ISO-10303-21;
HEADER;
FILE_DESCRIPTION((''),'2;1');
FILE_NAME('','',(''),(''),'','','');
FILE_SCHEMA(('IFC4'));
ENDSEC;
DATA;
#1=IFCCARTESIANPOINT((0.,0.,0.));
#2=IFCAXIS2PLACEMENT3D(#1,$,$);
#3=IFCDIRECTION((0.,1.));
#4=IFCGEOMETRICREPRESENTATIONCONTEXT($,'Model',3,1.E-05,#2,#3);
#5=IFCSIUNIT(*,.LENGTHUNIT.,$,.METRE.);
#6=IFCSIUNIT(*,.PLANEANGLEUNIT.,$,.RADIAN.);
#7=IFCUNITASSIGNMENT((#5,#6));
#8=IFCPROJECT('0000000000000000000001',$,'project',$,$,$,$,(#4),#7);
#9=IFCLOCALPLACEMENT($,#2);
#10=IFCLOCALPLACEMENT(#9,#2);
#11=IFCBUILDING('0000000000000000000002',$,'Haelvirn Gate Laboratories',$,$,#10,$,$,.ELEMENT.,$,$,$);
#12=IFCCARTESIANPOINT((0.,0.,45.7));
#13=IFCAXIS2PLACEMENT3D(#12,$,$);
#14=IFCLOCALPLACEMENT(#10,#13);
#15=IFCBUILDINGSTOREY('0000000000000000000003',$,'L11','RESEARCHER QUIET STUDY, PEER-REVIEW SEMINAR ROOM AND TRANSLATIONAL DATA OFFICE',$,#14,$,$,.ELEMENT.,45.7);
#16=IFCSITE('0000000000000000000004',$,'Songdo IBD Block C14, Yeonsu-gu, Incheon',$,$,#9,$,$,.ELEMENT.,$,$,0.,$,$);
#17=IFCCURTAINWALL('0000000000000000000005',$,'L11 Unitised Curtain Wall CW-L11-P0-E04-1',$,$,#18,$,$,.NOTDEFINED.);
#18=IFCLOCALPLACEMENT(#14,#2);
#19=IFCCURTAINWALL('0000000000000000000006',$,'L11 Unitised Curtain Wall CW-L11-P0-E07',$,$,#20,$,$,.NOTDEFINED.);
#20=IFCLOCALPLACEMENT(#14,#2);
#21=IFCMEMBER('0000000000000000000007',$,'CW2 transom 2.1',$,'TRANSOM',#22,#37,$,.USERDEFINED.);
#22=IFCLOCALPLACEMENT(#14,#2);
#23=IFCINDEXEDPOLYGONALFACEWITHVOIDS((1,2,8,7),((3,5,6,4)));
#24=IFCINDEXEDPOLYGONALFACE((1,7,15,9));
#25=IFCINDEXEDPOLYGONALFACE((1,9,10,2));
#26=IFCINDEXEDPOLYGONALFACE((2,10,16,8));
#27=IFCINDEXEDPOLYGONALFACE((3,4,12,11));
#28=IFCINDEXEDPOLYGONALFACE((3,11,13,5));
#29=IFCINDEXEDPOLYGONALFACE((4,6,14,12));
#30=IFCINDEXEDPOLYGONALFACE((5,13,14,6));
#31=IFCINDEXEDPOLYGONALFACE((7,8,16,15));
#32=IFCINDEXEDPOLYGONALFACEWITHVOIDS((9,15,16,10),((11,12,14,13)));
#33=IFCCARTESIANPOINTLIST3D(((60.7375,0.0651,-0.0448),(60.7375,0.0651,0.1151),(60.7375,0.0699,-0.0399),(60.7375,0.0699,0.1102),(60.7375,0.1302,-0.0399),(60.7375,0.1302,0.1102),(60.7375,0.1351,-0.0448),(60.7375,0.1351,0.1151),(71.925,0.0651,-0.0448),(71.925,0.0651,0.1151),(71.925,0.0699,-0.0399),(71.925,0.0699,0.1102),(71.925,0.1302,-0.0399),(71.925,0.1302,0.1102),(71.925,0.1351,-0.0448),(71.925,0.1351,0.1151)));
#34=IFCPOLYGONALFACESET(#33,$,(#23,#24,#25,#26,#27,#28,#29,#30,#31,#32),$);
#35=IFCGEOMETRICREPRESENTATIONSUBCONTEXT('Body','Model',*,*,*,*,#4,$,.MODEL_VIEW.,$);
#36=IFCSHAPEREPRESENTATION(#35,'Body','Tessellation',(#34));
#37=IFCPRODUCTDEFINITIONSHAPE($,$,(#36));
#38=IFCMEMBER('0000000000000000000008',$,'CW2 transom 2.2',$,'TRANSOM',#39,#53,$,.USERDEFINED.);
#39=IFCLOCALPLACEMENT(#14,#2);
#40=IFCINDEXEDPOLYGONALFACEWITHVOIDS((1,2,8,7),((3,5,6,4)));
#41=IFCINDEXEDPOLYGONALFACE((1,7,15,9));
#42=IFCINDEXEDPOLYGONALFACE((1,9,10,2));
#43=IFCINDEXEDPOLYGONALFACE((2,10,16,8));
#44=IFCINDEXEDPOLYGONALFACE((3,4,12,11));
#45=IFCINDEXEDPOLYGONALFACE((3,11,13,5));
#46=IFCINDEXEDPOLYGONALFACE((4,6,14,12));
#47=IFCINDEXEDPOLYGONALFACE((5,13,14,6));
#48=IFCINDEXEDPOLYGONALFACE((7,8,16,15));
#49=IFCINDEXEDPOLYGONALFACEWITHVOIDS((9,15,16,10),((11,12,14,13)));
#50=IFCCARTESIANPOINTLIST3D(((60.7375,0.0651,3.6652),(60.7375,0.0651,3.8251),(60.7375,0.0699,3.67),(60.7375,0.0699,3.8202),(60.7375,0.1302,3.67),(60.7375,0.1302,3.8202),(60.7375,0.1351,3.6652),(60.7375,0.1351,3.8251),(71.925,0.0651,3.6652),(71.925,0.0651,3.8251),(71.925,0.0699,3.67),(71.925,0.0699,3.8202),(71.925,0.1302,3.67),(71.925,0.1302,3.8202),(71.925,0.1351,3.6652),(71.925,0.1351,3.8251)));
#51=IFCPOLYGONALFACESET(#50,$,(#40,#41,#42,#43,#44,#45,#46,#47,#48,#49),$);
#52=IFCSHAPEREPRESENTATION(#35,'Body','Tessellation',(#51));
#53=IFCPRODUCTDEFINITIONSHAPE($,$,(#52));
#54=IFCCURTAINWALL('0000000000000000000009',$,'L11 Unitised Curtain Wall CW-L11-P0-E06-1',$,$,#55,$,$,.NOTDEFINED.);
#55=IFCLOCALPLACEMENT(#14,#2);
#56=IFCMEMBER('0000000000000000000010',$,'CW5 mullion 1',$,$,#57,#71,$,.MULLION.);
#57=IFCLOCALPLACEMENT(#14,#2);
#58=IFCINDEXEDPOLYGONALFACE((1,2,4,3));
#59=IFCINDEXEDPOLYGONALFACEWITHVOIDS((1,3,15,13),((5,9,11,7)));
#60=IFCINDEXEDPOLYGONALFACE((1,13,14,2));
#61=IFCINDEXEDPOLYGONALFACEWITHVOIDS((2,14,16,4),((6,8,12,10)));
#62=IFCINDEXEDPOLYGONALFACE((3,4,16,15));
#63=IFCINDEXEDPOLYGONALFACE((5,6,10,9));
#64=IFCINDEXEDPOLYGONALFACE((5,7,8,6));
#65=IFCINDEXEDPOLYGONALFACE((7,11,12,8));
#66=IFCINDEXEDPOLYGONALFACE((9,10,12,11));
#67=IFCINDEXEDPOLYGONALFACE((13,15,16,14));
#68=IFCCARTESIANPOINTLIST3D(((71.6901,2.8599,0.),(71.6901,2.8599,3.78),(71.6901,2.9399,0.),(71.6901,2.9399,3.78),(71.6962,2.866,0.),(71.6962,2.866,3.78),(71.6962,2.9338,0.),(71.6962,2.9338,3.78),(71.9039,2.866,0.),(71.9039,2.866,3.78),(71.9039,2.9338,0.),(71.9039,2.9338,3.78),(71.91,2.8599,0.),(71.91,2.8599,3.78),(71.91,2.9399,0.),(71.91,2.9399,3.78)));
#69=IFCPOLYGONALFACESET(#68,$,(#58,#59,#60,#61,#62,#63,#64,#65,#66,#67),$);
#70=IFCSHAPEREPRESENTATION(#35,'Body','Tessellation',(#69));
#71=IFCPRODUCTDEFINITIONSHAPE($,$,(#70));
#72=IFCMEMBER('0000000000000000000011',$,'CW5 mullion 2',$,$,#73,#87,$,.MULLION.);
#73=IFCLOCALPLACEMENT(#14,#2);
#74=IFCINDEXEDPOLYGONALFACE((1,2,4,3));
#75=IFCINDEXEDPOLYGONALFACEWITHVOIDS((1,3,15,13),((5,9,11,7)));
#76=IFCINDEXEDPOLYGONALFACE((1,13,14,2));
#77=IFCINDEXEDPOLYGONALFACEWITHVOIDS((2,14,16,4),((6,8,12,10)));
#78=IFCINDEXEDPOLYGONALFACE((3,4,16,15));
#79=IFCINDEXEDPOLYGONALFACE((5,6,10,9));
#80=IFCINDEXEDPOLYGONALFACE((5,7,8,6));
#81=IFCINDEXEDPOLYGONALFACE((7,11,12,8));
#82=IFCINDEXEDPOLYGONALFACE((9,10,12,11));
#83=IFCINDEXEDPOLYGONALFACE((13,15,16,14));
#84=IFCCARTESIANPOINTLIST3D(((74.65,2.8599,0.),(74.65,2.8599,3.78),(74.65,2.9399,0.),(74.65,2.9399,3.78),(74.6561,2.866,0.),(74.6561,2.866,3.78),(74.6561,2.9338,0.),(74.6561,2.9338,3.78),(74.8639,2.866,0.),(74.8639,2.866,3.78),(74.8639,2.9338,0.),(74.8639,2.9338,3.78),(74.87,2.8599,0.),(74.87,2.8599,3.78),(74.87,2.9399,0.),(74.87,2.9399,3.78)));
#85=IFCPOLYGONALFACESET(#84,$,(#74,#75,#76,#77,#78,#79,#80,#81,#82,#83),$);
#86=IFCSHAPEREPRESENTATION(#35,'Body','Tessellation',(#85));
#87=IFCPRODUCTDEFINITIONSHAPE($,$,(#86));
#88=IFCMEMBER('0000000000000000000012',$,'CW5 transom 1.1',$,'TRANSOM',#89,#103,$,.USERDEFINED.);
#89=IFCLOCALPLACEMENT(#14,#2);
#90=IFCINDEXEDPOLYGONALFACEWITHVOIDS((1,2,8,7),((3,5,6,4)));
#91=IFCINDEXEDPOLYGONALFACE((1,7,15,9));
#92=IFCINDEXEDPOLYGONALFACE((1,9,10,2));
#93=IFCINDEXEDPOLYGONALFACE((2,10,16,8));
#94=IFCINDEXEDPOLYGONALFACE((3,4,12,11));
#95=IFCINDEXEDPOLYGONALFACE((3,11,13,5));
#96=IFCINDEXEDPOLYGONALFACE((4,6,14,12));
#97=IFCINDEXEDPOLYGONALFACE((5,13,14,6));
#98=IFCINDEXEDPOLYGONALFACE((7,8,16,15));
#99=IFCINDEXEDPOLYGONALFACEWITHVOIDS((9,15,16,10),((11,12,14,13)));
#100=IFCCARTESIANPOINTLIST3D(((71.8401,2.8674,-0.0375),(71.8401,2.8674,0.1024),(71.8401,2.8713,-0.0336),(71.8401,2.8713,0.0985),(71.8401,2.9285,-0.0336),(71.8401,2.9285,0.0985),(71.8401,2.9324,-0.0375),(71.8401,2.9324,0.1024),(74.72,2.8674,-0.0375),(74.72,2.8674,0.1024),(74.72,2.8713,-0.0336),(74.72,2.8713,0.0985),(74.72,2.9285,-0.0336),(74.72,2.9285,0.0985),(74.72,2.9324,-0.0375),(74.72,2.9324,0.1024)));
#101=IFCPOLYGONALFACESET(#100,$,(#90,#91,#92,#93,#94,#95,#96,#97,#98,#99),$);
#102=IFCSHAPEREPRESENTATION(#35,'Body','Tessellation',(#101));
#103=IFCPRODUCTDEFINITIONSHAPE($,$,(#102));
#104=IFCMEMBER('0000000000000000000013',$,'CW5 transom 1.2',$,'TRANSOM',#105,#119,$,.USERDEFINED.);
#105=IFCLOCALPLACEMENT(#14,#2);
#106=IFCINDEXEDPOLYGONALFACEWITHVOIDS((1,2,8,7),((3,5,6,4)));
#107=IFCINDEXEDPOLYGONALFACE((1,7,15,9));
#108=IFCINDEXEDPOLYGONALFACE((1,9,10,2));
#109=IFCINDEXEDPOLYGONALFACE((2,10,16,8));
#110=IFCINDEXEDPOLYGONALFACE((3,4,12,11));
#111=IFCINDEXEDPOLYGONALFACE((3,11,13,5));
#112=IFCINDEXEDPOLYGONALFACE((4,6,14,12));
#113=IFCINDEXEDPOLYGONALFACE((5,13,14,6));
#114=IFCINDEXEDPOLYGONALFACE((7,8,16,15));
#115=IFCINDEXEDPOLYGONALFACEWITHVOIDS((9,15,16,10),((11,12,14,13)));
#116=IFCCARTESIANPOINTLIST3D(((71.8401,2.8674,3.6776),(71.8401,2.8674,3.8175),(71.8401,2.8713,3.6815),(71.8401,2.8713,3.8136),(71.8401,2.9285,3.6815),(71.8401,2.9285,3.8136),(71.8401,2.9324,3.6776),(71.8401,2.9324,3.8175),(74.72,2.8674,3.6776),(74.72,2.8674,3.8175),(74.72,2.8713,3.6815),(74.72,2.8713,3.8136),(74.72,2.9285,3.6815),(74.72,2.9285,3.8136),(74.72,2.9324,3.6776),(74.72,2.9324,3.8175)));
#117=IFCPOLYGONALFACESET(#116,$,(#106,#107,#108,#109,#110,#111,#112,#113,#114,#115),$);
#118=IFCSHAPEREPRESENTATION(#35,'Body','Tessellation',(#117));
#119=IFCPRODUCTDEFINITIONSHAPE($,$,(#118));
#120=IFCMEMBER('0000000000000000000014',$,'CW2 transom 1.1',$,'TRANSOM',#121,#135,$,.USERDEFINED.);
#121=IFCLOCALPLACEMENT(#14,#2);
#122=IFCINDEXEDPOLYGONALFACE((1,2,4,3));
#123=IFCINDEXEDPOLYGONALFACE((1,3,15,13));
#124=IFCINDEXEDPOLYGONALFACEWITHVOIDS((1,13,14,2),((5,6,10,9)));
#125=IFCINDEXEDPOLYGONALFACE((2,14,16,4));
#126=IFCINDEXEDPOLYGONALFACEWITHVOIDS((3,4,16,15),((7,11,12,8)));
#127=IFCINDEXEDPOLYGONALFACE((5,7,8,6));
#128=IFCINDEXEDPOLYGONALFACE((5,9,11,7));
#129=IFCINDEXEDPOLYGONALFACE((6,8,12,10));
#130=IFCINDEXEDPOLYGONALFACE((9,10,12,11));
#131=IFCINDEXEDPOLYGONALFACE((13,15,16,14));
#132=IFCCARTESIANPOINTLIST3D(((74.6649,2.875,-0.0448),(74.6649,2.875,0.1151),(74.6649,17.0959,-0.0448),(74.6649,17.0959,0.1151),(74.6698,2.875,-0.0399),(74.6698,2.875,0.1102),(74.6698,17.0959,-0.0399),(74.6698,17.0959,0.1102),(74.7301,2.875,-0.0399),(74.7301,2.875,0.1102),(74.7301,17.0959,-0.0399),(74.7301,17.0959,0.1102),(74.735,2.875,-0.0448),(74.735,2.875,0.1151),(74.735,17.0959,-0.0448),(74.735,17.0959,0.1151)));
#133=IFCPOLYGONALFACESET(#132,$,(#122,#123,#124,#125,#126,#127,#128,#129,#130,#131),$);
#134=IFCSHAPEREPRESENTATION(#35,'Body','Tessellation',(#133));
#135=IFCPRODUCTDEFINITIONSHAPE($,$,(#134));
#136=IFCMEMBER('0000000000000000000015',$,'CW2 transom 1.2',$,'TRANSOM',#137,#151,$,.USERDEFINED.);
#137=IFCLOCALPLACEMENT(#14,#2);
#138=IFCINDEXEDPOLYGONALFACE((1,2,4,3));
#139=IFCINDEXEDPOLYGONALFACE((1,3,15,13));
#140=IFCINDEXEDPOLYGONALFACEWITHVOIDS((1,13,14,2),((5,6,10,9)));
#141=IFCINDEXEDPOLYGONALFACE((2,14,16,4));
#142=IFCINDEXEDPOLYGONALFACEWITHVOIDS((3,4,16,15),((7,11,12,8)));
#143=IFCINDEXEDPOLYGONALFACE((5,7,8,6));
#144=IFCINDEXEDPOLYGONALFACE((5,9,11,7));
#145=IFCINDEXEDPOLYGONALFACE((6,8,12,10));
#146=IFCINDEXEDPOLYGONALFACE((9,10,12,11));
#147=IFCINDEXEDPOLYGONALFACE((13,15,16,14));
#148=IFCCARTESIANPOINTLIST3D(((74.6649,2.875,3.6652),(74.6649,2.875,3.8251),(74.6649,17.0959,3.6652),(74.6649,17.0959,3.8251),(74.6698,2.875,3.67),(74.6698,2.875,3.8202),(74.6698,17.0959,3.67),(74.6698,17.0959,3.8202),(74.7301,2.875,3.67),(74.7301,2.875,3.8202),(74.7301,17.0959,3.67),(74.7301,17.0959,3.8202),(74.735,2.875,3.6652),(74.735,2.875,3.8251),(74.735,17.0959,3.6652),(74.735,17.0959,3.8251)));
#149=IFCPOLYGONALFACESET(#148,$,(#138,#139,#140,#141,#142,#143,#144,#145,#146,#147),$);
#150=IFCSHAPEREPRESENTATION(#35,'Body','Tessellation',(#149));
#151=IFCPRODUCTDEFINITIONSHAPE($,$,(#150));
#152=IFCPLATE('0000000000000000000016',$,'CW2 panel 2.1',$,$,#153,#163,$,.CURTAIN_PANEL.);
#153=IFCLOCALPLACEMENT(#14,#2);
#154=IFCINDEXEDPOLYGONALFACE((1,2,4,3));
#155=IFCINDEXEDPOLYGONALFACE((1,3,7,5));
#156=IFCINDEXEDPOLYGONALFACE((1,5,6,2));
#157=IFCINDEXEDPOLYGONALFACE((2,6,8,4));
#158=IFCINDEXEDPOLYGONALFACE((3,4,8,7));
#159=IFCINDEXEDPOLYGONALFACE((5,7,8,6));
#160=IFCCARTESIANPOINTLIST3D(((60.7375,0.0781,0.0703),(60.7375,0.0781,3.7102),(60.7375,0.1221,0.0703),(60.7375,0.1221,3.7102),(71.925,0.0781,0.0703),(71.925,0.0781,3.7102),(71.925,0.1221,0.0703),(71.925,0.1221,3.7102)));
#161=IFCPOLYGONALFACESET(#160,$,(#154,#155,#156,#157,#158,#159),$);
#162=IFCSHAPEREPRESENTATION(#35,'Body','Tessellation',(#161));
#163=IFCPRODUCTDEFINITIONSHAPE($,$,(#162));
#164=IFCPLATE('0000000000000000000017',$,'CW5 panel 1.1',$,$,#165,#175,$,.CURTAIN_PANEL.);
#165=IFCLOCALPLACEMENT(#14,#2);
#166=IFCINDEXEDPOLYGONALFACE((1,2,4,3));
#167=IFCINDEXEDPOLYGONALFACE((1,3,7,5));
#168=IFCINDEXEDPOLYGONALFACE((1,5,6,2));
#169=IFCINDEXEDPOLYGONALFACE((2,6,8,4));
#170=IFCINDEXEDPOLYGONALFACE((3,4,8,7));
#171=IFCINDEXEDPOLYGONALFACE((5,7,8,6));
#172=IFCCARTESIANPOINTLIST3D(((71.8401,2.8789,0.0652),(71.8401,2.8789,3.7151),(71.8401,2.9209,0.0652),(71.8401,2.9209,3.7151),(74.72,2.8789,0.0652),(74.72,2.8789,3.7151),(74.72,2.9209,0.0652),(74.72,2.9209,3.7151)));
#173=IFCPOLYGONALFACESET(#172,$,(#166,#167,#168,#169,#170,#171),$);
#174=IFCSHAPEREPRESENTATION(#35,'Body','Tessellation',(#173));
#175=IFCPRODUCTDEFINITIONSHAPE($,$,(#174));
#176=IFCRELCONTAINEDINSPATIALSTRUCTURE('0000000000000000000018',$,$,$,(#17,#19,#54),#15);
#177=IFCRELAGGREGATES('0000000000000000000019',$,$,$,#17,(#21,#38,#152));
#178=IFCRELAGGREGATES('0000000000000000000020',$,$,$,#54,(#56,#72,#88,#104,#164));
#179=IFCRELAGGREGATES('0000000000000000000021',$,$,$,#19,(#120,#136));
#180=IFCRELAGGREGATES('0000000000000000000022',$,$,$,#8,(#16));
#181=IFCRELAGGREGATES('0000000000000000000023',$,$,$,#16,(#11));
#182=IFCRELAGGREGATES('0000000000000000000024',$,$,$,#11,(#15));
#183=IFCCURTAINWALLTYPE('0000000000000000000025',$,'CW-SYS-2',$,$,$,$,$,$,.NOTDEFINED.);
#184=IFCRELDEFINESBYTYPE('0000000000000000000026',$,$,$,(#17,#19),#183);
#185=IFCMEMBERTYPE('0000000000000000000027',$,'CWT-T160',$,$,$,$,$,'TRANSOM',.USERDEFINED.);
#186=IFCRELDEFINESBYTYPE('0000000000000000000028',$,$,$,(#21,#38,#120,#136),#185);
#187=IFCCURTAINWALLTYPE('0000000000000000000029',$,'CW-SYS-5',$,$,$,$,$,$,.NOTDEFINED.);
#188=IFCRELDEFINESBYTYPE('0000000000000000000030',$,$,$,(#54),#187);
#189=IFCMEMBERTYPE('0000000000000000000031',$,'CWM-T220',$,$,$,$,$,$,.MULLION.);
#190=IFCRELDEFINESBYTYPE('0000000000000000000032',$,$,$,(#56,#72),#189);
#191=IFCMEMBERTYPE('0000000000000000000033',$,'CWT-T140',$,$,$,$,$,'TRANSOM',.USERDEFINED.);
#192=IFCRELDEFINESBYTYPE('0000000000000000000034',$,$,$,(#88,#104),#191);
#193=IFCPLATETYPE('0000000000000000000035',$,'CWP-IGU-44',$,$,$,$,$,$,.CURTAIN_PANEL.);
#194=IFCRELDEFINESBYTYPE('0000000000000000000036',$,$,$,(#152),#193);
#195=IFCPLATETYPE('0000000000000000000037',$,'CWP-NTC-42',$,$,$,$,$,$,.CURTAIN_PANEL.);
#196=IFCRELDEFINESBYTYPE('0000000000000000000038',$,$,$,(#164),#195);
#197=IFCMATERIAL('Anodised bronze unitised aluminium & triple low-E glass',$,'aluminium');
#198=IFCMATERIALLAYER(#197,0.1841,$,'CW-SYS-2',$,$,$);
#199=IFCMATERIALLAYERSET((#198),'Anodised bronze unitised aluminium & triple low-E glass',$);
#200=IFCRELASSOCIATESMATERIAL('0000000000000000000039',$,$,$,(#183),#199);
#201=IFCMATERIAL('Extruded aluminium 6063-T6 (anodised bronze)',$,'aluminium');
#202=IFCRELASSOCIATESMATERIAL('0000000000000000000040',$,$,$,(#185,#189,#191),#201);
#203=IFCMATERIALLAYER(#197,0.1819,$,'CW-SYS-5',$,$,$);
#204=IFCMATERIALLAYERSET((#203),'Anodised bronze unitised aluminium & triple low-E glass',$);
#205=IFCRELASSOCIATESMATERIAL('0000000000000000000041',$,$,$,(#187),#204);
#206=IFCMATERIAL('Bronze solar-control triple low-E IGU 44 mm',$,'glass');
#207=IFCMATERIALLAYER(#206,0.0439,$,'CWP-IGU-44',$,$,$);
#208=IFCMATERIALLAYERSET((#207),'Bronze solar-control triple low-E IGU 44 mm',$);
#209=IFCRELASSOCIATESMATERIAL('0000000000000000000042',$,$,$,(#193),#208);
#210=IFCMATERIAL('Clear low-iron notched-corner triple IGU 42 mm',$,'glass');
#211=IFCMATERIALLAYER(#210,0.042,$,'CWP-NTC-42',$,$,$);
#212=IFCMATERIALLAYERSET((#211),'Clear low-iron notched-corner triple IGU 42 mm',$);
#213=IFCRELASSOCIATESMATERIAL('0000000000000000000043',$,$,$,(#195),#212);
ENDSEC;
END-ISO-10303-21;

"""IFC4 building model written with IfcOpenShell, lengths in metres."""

from ifc_helpers import new_model, si_unit, direction, frame, origin, origin_2d, place, context, subcontext, project, spatial, rectangle, hollow_rectangle, extrude, source, transform, mapped, material, layer, layer_set, material_profile, profile_set, type_object, type_shapes, element, aggregate, save


model = new_model("IFC4")

# Units and contexts
model_context = context("Model", 3, precision=1e-05, world=origin(), true_north=direction((0.0, 1.0)))
body_context = subcontext(model_context, "Body", "Model", "MODEL_VIEW")
ifc_project = project(units=[si_unit("LENGTHUNIT", "METRE"), si_unit("PLANEANGLEUNIT", "RADIAN")], contexts=[model_context])

# Site, building, storey
site_placement = place(None, origin())
site = spatial("IfcSite", under=ifc_project, at=site_placement, Name="Songdo IBD Block C14, Yeonsu-gu, Incheon", CompositionType="ELEMENT", RefElevation=0.0)
building_placement = place(site_placement, origin())
building = spatial("IfcBuilding", under=site, at=building_placement, Name="Haelvirn Gate Laboratories", CompositionType="ELEMENT")
storey_placement = place(building_placement, frame((0.0, 0.0, 45.7)))
storey = spatial("IfcBuildingStorey", under=building, at=storey_placement, Name="L11", Description="RESEARCHER QUIET STUDY, PEER-REVIEW SEMINAR ROOM AND TRANSLATIONAL DATA OFFICE", CompositionType="ELEMENT", Elevation=45.7)

# Curtain wall
ifc_material_1 = material(Name="Anodised bronze unitised aluminium & triple low-E glass", Category="aluminium")
ifc_layer_1 = layer(ifc_material_1, 0.1841, Name="CW-SYS-2")
ifc_layer_set_1 = layer_set([ifc_layer_1], Name="Anodised bronze unitised aluminium & triple low-E glass")
curtain_wall_type_1 = type_object("IfcCurtainWallType", Name="CW-SYS-2", PredefinedType="NOTDEFINED", material=ifc_layer_set_1)
curtain_wall_1_placement = place(storey_placement, origin())
curtain_wall_1 = element("IfcCurtainWall", 1, at=curtain_wall_1_placement, inside=storey, type_object=curtain_wall_type_1, Name="L11 Unitised Curtain Wall CW-L11-P0-E04-1", PredefinedType="NOTDEFINED")
ifc_material_2 = material(Name="Extruded aluminium 6063-T6 (anodised bronze)", Category="aluminium")

# Curtain wall
curtain_wall_2_placement = place(storey_placement, origin())
curtain_wall_2 = element("IfcCurtainWall", 2, at=curtain_wall_2_placement, inside=storey, type_object=curtain_wall_type_1, Name="L11 Unitised Curtain Wall CW-L11-P0-E07", PredefinedType="NOTDEFINED")

# Members
ifc_material_profile_1 = material_profile(ifc_material_2, hollow_rectangle(XDim=0.0701, YDim=0.1599, WallThickness=0.0049, at=origin_2d()), Name="CWT-160x70x5")
ifc_profile_set_1 = profile_set([ifc_material_profile_1], Name="Extruded aluminium 6063-T6 (anodised bronze)")
member_type_1 = type_object("IfcMemberType", Name="CWT-T160", ElementType="TRANSOM", PredefinedType="USERDEFINED", material=ifc_profile_set_1)
shared_shape_1 = source(origin(), body_context, "Body", "SweptSolid", [
    extrude(hollow_rectangle(XDim=0.0701, YDim=0.1599, WallThickness=0.0049, at=origin_2d()), origin(), (0.0, 0.0, 1.0), 11.1875),
])
member_1_placement = place(storey_placement, frame((60.7375, 0.1001, 0.0352), z_axis=(1.0, 0.0, 0.0), x_axis=(0.0, 1.0, 0.0)))
member_1 = element("IfcMember", 3, at=member_1_placement, type_object=member_type_1, Name="CW2 transom 2.1", ObjectType="TRANSOM", PredefinedType="USERDEFINED", context=body_context, shape_type="MappedRepresentation", body=[
    mapped(shared_shape_1, transform((0.0, 0.0, 0.0), scale=1.0)),
])
member_2_placement = place(storey_placement, frame((60.7375, 0.1001, 3.7451), z_axis=(1.0, 0.0, 0.0), x_axis=(0.0, 1.0, 0.0)))
member_2 = element("IfcMember", 4, at=member_2_placement, type_object=member_type_1, Name="CW2 transom 2.2", ObjectType="TRANSOM", PredefinedType="USERDEFINED", context=body_context, shape_type="MappedRepresentation", body=[
    mapped(shared_shape_1, transform((0.0, 0.0, 0.0), scale=1.0)),
])

# Curtain wall, members
ifc_layer_2 = layer(ifc_material_1, 0.1819, Name="CW-SYS-5")
ifc_layer_set_2 = layer_set([ifc_layer_2], Name="Anodised bronze unitised aluminium & triple low-E glass")
curtain_wall_type_2 = type_object("IfcCurtainWallType", Name="CW-SYS-5", PredefinedType="NOTDEFINED", material=ifc_layer_set_2)
curtain_wall_3_placement = place(storey_placement, origin())
curtain_wall_3 = element("IfcCurtainWall", 5, at=curtain_wall_3_placement, inside=storey, type_object=curtain_wall_type_2, Name="L11 Unitised Curtain Wall CW-L11-P0-E06-1", PredefinedType="NOTDEFINED")
ifc_material_profile_2 = material_profile(ifc_material_2, hollow_rectangle(XDim=0.0801, YDim=0.22, WallThickness=0.0061, at=origin_2d()), Name="CWM-220x80x6")
ifc_profile_set_2 = profile_set([ifc_material_profile_2], Name="Extruded aluminium 6063-T6 (anodised bronze)")
member_type_2 = type_object("IfcMemberType", Name="CWM-T220", PredefinedType="MULLION", material=ifc_profile_set_2)
shared_shape_2 = source(origin(), body_context, "Body", "SweptSolid", [
    extrude(hollow_rectangle(XDim=0.0801, YDim=0.22, WallThickness=0.0061, at=origin_2d()), origin(), (0.0, 0.0, 1.0), 3.78),
])
type_shapes(member_type_2, [shared_shape_2])
member_3_placement = place(storey_placement, frame((71.8, 2.8999, 0.0), z_axis=(0.0, 0.0, 1.0), x_axis=(0.0, 1.0, 0.0)))
member_3 = element("IfcMember", 6, at=member_3_placement, type_object=member_type_2, Name="CW5 mullion 1", PredefinedType="MULLION", context=body_context, shape_type="MappedRepresentation", body=[
    mapped(shared_shape_2, transform((0.0, 0.0, 0.0), scale=1.0)),
])
member_4_placement = place(storey_placement, frame((74.76, 2.8999, 0.0), z_axis=(0.0, 0.0, 1.0), x_axis=(0.0, 1.0, 0.0)))
member_4 = element("IfcMember", 7, at=member_4_placement, type_object=member_type_2, Name="CW5 mullion 2", PredefinedType="MULLION", context=body_context, shape_type="MappedRepresentation", body=[
    mapped(shared_shape_2, transform((0.0, 0.0, 0.0), scale=1.0)),
])
ifc_material_profile_3 = material_profile(ifc_material_2, hollow_rectangle(XDim=0.0649, YDim=0.1399, WallThickness=0.0039, at=origin_2d()), Name="CWT-140x65x4")
ifc_profile_set_3 = profile_set([ifc_material_profile_3], Name="Extruded aluminium 6063-T6 (anodised bronze)")
member_type_3 = type_object("IfcMemberType", Name="CWT-T140", ElementType="TRANSOM", PredefinedType="USERDEFINED", material=ifc_profile_set_3)
shared_shape_3 = source(origin(), body_context, "Body", "SweptSolid", [
    extrude(hollow_rectangle(XDim=0.0649, YDim=0.1399, WallThickness=0.0039, at=origin_2d()), origin(), (0.0, 0.0, 1.0), 2.8799),
])
type_shapes(member_type_3, [shared_shape_3])
member_5_placement = place(storey_placement, frame((71.8401, 2.8999, 0.0325), z_axis=(1.0, 0.0, 0.0), x_axis=(0.0, 1.0, 0.0)))
member_5 = element("IfcMember", 8, at=member_5_placement, type_object=member_type_3, Name="CW5 transom 1.1", ObjectType="TRANSOM", PredefinedType="USERDEFINED", context=body_context, shape_type="MappedRepresentation", body=[
    mapped(shared_shape_3, transform((0.0, 0.0, 0.0), scale=1.0)),
])
member_6_placement = place(storey_placement, frame((71.8401, 2.8999, 3.7476), z_axis=(1.0, 0.0, 0.0), x_axis=(0.0, 1.0, 0.0)))
member_6 = element("IfcMember", 9, at=member_6_placement, type_object=member_type_3, Name="CW5 transom 1.2", ObjectType="TRANSOM", PredefinedType="USERDEFINED", context=body_context, shape_type="MappedRepresentation", body=[
    mapped(shared_shape_3, transform((0.0, 0.0, 0.0), scale=1.0)),
])

# Members
shared_shape_4 = source(origin(), body_context, "Body", "SweptSolid", [
    extrude(hollow_rectangle(XDim=0.0701, YDim=0.1599, WallThickness=0.0049, at=origin_2d()), origin(), (0.0, 0.0, 1.0), 14.2209),
])
type_shapes(member_type_1, [shared_shape_1, shared_shape_4])
member_7_placement = place(storey_placement, frame((74.7, 2.875, 0.0352), z_axis=(0.0, 1.0, 0.0), x_axis=(-1.0, 0.0, 0.0)))
member_7 = element("IfcMember", 10, at=member_7_placement, type_object=member_type_1, Name="CW2 transom 1.1", ObjectType="TRANSOM", PredefinedType="USERDEFINED", context=body_context, shape_type="MappedRepresentation", body=[
    mapped(shared_shape_4, transform((0.0, 0.0, 0.0), scale=1.0)),
])
member_8_placement = place(storey_placement, frame((74.7, 2.875, 3.7451), z_axis=(0.0, 1.0, 0.0), x_axis=(-1.0, 0.0, 0.0)))
member_8 = element("IfcMember", 11, at=member_8_placement, type_object=member_type_1, Name="CW2 transom 1.2", ObjectType="TRANSOM", PredefinedType="USERDEFINED", context=body_context, shape_type="MappedRepresentation", body=[
    mapped(shared_shape_4, transform((0.0, 0.0, 0.0), scale=1.0)),
])

# Plates
ifc_material_3 = material(Name="Bronze solar-control triple low-E IGU 44 mm", Category="glass")
ifc_layer_3 = layer(ifc_material_3, 0.0439, Name="CWP-IGU-44")
ifc_layer_set_3 = layer_set([ifc_layer_3], Name="Bronze solar-control triple low-E IGU 44 mm")
plate_type_1 = type_object("IfcPlateType", Name="CWP-IGU-44", PredefinedType="CURTAIN_PANEL", material=ifc_layer_set_3)
shared_shape_5 = source(origin(), body_context, "Body", "SweptSolid", [
    extrude(rectangle(XDim=11.1875, YDim=0.0439, at=origin_2d()), origin(), (0.0, 0.0, 1.0), 3.6399),
])
plate_1_placement = place(storey_placement, frame((66.3313, 0.1001, 0.0703), z_axis=(0.0, 0.0, 1.0), x_axis=(1.0, 0.0, 0.0)))
plate_1 = element("IfcPlate", 12, at=plate_1_placement, type_object=plate_type_1, Name="CW2 panel 2.1", PredefinedType="CURTAIN_PANEL", context=body_context, shape_type="MappedRepresentation", body=[
    mapped(shared_shape_5, transform((0.0, 0.0, 0.0), scale=1.0)),
])
aggregate(curtain_wall_1, [member_1, member_2, plate_1])
ifc_material_4 = material(Name="Clear low-iron notched-corner triple IGU 42 mm", Category="glass")
ifc_layer_4 = layer(ifc_material_4, 0.042, Name="CWP-NTC-42")
ifc_layer_set_4 = layer_set([ifc_layer_4], Name="Clear low-iron notched-corner triple IGU 42 mm")
plate_type_2 = type_object("IfcPlateType", Name="CWP-NTC-42", PredefinedType="CURTAIN_PANEL", material=ifc_layer_set_4)
shared_shape_6 = source(origin(), body_context, "Body", "SweptSolid", [
    extrude(rectangle(XDim=2.8799, YDim=0.042, at=origin_2d()), origin(), (0.0, 0.0, 1.0), 3.6499),
])
type_shapes(plate_type_2, [shared_shape_6])
plate_2_placement = place(storey_placement, frame((73.28, 2.8999, 0.0652), z_axis=(0.0, 0.0, 1.0), x_axis=(1.0, 0.0, 0.0)))
plate_2 = element("IfcPlate", 13, at=plate_2_placement, type_object=plate_type_2, Name="CW5 panel 1.1", PredefinedType="CURTAIN_PANEL", context=body_context, shape_type="MappedRepresentation", body=[
    mapped(shared_shape_6, transform((0.0, 0.0, 0.0), scale=1.0)),
])
aggregate(curtain_wall_3, [member_3, member_4, member_5, member_6, plate_2])
aggregate(curtain_wall_2, [member_7, member_8])

save(model, "model.ifc")
